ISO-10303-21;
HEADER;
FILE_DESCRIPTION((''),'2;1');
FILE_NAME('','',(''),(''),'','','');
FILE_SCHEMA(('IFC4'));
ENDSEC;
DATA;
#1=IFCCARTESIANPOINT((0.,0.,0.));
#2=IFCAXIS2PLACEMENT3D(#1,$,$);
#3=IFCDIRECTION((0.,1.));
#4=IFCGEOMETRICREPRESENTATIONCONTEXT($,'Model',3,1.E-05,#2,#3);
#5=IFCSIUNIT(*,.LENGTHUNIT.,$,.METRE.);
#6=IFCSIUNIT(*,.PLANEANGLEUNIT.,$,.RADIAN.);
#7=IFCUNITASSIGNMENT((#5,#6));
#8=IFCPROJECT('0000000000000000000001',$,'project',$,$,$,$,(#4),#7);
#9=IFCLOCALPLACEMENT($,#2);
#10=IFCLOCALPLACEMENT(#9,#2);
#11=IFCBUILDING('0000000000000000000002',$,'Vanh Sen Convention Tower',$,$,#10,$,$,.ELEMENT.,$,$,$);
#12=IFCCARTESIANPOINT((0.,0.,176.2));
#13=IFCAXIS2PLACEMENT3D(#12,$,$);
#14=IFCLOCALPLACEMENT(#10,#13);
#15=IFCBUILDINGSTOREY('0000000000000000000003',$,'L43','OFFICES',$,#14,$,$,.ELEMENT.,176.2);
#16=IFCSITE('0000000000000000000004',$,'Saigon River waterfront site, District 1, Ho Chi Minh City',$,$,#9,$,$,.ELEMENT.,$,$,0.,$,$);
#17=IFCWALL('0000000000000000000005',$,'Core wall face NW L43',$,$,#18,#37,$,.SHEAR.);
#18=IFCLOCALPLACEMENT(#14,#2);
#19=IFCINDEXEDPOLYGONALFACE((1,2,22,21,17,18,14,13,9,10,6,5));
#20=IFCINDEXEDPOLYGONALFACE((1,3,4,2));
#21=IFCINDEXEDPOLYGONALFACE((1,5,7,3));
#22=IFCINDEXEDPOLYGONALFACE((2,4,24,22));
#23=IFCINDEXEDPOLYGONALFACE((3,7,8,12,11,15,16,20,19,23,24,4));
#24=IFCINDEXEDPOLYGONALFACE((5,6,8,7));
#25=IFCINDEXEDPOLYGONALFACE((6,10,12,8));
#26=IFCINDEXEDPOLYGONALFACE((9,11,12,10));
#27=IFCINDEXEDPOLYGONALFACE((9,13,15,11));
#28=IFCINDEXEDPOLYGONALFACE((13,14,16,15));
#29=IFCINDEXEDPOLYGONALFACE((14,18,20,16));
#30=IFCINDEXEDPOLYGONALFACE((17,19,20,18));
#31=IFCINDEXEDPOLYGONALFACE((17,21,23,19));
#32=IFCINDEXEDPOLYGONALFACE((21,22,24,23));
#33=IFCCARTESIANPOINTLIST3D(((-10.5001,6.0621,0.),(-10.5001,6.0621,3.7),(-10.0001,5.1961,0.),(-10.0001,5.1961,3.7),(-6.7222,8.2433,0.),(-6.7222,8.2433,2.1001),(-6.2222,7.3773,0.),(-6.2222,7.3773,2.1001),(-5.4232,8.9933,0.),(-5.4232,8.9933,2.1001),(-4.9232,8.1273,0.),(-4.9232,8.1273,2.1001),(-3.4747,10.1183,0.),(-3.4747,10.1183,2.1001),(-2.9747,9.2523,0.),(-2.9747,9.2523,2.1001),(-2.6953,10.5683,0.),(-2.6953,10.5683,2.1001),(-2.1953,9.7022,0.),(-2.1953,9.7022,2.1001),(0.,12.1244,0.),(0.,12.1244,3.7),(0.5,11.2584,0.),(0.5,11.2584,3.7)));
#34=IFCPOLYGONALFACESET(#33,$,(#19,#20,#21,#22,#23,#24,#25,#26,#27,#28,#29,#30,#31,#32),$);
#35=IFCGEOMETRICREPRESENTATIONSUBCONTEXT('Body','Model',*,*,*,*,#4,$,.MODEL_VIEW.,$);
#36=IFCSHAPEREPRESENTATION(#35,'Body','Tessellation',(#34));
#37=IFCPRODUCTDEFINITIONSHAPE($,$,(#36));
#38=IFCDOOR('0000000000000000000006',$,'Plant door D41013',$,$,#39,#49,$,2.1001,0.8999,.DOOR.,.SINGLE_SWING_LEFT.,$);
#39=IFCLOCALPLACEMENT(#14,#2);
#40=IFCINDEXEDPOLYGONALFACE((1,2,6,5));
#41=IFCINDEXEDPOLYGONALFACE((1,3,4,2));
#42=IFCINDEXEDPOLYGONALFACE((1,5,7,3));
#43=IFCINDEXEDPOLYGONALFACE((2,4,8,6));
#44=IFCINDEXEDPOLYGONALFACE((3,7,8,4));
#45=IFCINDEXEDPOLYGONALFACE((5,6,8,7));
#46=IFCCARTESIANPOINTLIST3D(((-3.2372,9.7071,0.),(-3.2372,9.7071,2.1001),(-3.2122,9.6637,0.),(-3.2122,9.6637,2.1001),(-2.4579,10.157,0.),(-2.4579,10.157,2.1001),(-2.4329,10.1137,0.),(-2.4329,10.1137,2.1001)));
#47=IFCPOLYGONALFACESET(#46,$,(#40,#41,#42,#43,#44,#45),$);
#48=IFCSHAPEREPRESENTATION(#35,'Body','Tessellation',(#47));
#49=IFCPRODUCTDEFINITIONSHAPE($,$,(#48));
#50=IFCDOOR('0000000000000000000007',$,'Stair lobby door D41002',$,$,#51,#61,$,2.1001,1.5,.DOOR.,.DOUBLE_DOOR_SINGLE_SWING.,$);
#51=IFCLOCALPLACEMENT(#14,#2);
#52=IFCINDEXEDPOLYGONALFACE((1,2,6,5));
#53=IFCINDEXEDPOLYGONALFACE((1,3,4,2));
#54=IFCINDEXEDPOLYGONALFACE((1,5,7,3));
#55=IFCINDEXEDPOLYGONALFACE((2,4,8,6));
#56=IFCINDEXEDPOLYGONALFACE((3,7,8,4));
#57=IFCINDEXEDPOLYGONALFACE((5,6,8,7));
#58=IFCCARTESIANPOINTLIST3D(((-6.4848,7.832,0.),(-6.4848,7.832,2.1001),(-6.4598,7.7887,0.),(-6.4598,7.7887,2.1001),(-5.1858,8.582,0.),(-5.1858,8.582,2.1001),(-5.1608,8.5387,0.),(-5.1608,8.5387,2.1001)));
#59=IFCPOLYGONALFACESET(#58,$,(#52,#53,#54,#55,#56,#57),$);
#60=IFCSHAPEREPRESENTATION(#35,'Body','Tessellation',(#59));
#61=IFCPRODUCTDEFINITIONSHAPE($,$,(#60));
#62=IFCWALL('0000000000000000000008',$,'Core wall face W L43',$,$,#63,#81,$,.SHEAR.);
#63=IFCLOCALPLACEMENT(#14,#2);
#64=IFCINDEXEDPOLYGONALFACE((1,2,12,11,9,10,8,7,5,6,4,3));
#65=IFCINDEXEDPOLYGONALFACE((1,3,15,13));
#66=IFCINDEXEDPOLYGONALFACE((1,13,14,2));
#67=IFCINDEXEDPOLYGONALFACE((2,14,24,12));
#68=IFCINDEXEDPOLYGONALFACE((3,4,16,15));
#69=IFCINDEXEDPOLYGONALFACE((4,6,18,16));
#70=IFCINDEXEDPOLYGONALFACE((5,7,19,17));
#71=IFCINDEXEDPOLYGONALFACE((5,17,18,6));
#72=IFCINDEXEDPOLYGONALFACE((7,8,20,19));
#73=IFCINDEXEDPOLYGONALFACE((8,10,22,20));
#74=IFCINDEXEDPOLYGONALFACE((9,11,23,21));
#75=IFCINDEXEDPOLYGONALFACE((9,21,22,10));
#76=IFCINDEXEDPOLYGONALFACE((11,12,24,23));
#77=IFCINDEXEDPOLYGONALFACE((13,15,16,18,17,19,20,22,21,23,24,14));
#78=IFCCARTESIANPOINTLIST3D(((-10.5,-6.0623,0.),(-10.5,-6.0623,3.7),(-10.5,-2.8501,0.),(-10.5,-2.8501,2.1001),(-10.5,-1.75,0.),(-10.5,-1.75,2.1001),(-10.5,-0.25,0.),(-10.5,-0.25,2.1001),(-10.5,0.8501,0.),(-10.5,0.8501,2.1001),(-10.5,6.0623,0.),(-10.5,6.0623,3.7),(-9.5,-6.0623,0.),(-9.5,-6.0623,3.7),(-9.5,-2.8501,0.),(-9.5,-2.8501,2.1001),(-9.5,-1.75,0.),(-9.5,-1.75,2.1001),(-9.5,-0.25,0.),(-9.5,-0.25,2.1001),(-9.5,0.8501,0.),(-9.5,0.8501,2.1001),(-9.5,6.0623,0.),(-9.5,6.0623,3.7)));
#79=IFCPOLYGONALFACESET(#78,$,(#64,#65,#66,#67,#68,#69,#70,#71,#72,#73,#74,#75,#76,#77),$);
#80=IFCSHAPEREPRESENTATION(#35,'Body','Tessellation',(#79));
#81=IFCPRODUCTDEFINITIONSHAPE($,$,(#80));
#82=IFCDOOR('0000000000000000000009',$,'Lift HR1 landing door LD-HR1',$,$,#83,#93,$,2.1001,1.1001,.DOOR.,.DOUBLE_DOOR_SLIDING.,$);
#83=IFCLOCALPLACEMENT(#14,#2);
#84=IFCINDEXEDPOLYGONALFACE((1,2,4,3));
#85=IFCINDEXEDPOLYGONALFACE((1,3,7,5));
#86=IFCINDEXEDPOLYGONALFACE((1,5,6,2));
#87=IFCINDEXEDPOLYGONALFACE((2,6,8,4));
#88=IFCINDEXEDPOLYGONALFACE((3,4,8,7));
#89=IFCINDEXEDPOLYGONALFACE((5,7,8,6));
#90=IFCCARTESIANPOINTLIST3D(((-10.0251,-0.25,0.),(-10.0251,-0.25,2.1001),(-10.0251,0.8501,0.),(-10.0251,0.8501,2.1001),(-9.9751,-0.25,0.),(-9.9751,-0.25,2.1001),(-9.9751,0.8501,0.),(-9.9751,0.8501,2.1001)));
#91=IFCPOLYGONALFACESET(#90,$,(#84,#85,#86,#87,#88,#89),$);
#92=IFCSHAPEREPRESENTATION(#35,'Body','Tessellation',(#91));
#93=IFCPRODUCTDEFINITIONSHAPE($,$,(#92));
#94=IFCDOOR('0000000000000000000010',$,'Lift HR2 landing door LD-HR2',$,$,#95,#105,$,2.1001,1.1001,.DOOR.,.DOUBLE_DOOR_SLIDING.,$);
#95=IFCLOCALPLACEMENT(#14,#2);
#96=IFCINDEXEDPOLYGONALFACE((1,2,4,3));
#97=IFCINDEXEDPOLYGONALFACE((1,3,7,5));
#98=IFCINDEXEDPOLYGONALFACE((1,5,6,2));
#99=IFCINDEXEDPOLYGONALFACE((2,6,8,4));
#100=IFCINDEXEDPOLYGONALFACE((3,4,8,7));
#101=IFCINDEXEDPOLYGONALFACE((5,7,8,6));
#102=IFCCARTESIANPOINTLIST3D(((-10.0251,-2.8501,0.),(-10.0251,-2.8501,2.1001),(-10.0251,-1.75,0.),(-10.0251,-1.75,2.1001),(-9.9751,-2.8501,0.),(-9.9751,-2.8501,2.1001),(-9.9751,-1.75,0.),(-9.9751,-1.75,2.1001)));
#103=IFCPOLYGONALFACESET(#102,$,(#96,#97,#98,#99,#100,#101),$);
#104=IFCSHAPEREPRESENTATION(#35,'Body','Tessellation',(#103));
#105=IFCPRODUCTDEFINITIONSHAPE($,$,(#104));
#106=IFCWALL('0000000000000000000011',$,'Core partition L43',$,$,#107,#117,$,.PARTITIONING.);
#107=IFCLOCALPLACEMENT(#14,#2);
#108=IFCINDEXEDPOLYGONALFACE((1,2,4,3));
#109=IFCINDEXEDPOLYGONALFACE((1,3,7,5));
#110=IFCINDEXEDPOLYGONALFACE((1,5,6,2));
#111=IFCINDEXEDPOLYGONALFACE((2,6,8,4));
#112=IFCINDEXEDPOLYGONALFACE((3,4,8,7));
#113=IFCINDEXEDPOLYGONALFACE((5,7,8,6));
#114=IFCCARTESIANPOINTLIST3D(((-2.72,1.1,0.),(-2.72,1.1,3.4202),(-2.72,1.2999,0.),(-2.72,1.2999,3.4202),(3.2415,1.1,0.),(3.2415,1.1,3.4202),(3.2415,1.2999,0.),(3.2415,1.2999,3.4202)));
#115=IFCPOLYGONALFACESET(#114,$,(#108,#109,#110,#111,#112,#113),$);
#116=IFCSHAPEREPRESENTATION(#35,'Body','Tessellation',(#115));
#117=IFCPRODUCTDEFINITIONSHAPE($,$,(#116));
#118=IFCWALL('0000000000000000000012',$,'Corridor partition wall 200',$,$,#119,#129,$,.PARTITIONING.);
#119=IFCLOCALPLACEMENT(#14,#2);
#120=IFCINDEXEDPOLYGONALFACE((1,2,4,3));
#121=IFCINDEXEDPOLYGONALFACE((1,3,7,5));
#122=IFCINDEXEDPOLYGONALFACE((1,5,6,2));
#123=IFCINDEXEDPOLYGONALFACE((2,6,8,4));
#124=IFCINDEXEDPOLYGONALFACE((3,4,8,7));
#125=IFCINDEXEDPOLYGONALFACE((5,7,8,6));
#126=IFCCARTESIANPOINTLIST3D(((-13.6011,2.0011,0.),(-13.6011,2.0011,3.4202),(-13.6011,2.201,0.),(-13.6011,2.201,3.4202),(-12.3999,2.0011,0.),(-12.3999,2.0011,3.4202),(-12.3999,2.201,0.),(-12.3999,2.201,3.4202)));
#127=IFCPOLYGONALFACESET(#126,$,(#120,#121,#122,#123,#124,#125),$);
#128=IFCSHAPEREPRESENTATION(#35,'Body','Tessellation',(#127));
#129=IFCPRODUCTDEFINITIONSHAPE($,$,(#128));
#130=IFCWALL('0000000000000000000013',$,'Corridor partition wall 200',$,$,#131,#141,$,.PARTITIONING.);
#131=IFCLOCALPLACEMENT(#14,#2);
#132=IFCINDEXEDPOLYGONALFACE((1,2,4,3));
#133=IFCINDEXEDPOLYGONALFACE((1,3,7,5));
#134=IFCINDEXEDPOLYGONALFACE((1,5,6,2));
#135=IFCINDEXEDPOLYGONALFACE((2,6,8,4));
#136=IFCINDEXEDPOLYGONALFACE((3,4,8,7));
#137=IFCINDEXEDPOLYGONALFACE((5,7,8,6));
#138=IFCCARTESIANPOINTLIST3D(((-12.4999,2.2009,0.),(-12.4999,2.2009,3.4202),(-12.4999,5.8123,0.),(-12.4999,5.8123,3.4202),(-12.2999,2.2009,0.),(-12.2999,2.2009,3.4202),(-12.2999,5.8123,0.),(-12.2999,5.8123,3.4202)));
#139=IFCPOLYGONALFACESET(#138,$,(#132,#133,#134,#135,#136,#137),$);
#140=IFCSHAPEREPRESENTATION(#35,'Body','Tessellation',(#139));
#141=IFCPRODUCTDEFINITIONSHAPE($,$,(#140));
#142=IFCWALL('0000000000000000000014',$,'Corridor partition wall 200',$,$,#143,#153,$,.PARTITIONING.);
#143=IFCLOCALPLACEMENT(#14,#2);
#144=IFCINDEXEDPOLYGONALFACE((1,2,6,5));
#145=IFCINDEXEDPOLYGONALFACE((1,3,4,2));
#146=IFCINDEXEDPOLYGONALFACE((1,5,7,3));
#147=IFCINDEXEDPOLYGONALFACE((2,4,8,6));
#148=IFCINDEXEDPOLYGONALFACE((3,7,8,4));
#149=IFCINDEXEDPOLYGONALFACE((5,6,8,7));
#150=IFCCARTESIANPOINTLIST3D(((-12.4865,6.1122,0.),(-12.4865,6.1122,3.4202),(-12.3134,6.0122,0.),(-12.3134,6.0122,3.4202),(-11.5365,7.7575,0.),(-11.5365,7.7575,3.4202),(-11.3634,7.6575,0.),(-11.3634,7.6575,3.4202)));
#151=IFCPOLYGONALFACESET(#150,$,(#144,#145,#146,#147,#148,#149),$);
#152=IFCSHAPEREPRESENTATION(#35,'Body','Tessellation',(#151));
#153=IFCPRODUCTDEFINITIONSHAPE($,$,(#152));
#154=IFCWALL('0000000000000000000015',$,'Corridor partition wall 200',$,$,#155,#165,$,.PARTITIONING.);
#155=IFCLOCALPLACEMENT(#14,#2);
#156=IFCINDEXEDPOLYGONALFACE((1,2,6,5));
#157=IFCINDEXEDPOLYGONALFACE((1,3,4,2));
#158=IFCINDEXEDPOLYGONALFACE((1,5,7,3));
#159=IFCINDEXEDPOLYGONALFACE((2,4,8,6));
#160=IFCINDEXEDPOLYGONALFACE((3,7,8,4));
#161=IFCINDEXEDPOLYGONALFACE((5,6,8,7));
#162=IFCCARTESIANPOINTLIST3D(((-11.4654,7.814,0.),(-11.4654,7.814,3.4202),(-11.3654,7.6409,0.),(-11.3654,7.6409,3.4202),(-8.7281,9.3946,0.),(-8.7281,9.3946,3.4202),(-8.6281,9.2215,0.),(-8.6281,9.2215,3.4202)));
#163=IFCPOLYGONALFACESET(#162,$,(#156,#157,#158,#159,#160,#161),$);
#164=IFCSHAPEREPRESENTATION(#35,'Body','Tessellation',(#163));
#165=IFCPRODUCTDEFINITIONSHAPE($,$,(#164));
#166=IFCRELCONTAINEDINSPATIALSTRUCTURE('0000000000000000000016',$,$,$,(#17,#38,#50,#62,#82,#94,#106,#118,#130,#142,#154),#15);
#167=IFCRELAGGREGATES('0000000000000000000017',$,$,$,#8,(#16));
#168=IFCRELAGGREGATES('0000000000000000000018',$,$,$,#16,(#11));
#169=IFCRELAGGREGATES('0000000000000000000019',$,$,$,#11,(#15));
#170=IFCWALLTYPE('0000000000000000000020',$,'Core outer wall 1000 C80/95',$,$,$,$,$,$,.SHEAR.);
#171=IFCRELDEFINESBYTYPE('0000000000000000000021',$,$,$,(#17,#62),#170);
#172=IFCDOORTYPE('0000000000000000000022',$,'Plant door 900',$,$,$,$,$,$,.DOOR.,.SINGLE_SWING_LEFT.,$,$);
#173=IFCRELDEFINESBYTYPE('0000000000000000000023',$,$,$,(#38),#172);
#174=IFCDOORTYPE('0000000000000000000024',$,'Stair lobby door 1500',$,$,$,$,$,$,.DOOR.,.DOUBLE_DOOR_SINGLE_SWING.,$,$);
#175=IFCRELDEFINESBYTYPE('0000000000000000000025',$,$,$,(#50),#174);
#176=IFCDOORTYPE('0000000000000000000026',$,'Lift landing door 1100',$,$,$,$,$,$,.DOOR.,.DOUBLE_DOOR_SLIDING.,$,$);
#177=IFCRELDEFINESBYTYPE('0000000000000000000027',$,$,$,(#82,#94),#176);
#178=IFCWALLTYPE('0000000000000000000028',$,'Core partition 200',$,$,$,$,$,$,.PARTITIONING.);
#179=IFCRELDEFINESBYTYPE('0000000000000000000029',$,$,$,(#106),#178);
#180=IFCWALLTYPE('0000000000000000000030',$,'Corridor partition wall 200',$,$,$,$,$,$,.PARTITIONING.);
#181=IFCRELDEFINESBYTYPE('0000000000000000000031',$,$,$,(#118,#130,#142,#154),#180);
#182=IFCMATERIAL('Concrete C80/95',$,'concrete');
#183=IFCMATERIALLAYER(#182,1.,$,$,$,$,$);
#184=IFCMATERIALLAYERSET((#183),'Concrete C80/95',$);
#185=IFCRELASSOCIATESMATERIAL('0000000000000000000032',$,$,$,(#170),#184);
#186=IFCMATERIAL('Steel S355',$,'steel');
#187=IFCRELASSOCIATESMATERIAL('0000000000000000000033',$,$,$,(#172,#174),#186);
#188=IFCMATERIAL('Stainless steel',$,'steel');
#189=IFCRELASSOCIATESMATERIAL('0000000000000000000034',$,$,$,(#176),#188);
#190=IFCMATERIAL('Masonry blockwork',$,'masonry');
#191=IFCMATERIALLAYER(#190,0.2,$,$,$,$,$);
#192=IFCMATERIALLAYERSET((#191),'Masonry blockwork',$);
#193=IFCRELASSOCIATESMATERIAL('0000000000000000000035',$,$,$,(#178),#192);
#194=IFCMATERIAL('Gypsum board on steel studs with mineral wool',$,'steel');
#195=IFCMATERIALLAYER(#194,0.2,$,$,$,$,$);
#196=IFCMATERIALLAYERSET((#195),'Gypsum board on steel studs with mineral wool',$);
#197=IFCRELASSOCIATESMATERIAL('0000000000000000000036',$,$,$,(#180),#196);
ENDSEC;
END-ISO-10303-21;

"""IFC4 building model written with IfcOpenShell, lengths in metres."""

from ifc_helpers import new_model, si_unit, direction, frame, frame_2d, origin, place, context, subcontext, project, spatial, rectangle, extrude, material, layer, layer_set, type_object, element, fill, save


model = new_model("IFC4")

# Units and contexts
model_context = context("Model", 3, precision=1e-05, world=origin(), true_north=direction((0.0, 1.0)))
body_context = subcontext(model_context, "Body", "Model", "MODEL_VIEW")
ifc_project = project(units=[si_unit("LENGTHUNIT", "METRE"), si_unit("PLANEANGLEUNIT", "RADIAN")], contexts=[model_context])

# Site, building, storey
site_placement = place(None, origin())
site = spatial("IfcSite", under=ifc_project, at=site_placement, Name="Saigon River waterfront site, District 1, Ho Chi Minh City", CompositionType="ELEMENT", RefElevation=0.0)
building_placement = place(site_placement, origin())
building = spatial("IfcBuilding", under=site, at=building_placement, Name="Vanh Sen Convention Tower", CompositionType="ELEMENT")
storey_placement = place(building_placement, frame((0.0, 0.0, 176.2)))
storey = spatial("IfcBuildingStorey", under=building, at=storey_placement, Name="L43", Description="OFFICES", CompositionType="ELEMENT", Elevation=176.2)

# Walls, openings, doors
ifc_material_1 = material(Name="Concrete C80/95", Category="concrete")
ifc_layer_1 = layer(ifc_material_1, 1.0)
ifc_layer_set_1 = layer_set([ifc_layer_1], Name="Concrete C80/95")
wall_type_1 = type_object("IfcWallType", Name="Core outer wall 1000 C80/95", PredefinedType="SHEAR", material=ifc_layer_set_1)
wall_1_placement = place(storey_placement, frame((0.25, 11.6914, 0.0), z_axis=(0.0, 0.0, 1.0), x_axis=(-0.866023, -0.500005, 0.0)))
wall_1 = element("IfcWall", 1, at=wall_1_placement, inside=storey, type_object=wall_type_1, Name="Core wall face NW L43", PredefinedType="SHEAR", context=body_context, shape_type="SweptSolid", body=[
    extrude(rectangle(XDim=12.1245, YDim=1.0, at=frame_2d((6.0623, 0.0))), origin(), (0.0, 0.0, 1.0), 3.7),
])
opening_1_placement = place(wall_1_placement, frame((6.2622, 0.0, 0.0)))
opening_1 = element("IfcOpeningElement", 2, at=opening_1_placement, cuts=wall_1, PredefinedType="OPENING", context=body_context, shape_type="SweptSolid", body=[
    extrude(rectangle(XDim=1.5, YDim=2.1001, at=frame_2d((0.75, 1.05))), frame((0.0, 0.51, 0.0), z_axis=(0.0, -1.0, 0.0), x_axis=(1.0, 0.0, 0.0)), (0.0, 0.0, 1.0), 1.02),
])
opening_2_placement = place(wall_1_placement, frame((3.1123, 0.0, 0.0)))
opening_2 = element("IfcOpeningElement", 3, at=opening_2_placement, cuts=wall_1, PredefinedType="OPENING", context=body_context, shape_type="SweptSolid", body=[
    extrude(rectangle(XDim=0.8999, YDim=2.1001, at=frame_2d((0.45, 1.05))), frame((0.0, 0.51, 0.0), z_axis=(0.0, -1.0, 0.0), x_axis=(1.0, 0.0, 0.0)), (0.0, 0.0, 1.0), 1.02),
])
ifc_material_2 = material(Name="Steel S355", Category="steel")
door_type_1 = type_object("IfcDoorType", Name="Plant door 900", OperationType="SINGLE_SWING_LEFT", PredefinedType="DOOR", material=ifc_material_2)
door_1_placement = place(opening_2_placement, origin())
door_1 = element("IfcDoor", 4, at=door_1_placement, inside=storey, type_object=door_type_1, Name="Plant door D41013", OperationType="SINGLE_SWING_LEFT", OverallHeight=2.1001, OverallWidth=0.8999, PredefinedType="DOOR", context=body_context, shape_type="SweptSolid", body=[
    extrude(rectangle(XDim=0.8999, YDim=2.1001, at=frame_2d((0.45, 1.05))), frame((0.0, 0.0249, 0.0), z_axis=(0.0, -1.0, 0.0), x_axis=(1.0, 0.0, 0.0)), (0.0, 0.0, 1.0), 0.05),
])
fill(opening_2, door_1)
door_type_2 = type_object("IfcDoorType", Name="Stair lobby door 1500", OperationType="DOUBLE_DOOR_SINGLE_SWING", PredefinedType="DOOR", material=ifc_material_2)
door_2_placement = place(opening_1_placement, origin())
door_2 = element("IfcDoor", 5, at=door_2_placement, inside=storey, type_object=door_type_2, Name="Stair lobby door D41002", OperationType="DOUBLE_DOOR_SINGLE_SWING", OverallHeight=2.1001, OverallWidth=1.5, PredefinedType="DOOR", context=body_context, shape_type="SweptSolid", body=[
    extrude(rectangle(XDim=1.5, YDim=2.1001, at=frame_2d((0.75, 1.05))), frame((0.0, 0.0249, 0.0), z_axis=(0.0, -1.0, 0.0), x_axis=(1.0, 0.0, 0.0)), (0.0, 0.0, 1.0), 0.05),
])
fill(opening_1, door_2)
wall_2_placement = place(storey_placement, frame((-10.0, 6.0623, 0.0), z_axis=(0.0, 0.0, 1.0), x_axis=(0.0, -1.0, 0.0)))
wall_2 = element("IfcWall", 6, at=wall_2_placement, inside=storey, type_object=wall_type_1, Name="Core wall face W L43", PredefinedType="SHEAR", context=body_context, shape_type="SweptSolid", body=[
    extrude(rectangle(XDim=12.1245, YDim=1.0, at=frame_2d((6.0623, 0.0))), origin(), (0.0, 0.0, 1.0), 3.7),
])
opening_3_placement = place(wall_2_placement, frame((5.2122, 0.0, 0.0)))
opening_3 = element("IfcOpeningElement", 7, at=opening_3_placement, cuts=wall_2, PredefinedType="OPENING", context=body_context, shape_type="SweptSolid", body=[
    extrude(rectangle(XDim=1.1001, YDim=2.1001, at=frame_2d((0.55, 1.05))), frame((0.0, 0.51, 0.0), z_axis=(0.0, -1.0, 0.0), x_axis=(1.0, 0.0, 0.0)), (0.0, 0.0, 1.0), 1.02),
])
opening_4_placement = place(wall_2_placement, frame((7.8123, 0.0, 0.0)))
opening_4 = element("IfcOpeningElement", 8, at=opening_4_placement, cuts=wall_2, PredefinedType="OPENING", context=body_context, shape_type="SweptSolid", body=[
    extrude(rectangle(XDim=1.1001, YDim=2.1001, at=frame_2d((0.55, 1.05))), frame((0.0, 0.51, 0.0), z_axis=(0.0, -1.0, 0.0), x_axis=(1.0, 0.0, 0.0)), (0.0, 0.0, 1.0), 1.02),
])
ifc_material_3 = material(Name="Stainless steel", Category="steel")
door_type_3 = type_object("IfcDoorType", Name="Lift landing door 1100", OperationType="DOUBLE_DOOR_SLIDING", PredefinedType="DOOR", material=ifc_material_3)
door_3_placement = place(opening_3_placement, origin())
door_3 = element("IfcDoor", 9, at=door_3_placement, inside=storey, type_object=door_type_3, Name="Lift HR1 landing door LD-HR1", OperationType="DOUBLE_DOOR_SLIDING", OverallHeight=2.1001, OverallWidth=1.1001, PredefinedType="DOOR", context=body_context, shape_type="SweptSolid", body=[
    extrude(rectangle(XDim=1.1001, YDim=2.1001, at=frame_2d((0.55, 1.05))), frame((0.0, 0.0249, 0.0), z_axis=(0.0, -1.0, 0.0), x_axis=(1.0, 0.0, 0.0)), (0.0, 0.0, 1.0), 0.05),
])
fill(opening_3, door_3)
door_4_placement = place(opening_4_placement, origin())
door_4 = element("IfcDoor", 10, at=door_4_placement, inside=storey, type_object=door_type_3, Name="Lift HR2 landing door LD-HR2", OperationType="DOUBLE_DOOR_SLIDING", OverallHeight=2.1001, OverallWidth=1.1001, PredefinedType="DOOR", context=body_context, shape_type="SweptSolid", body=[
    extrude(rectangle(XDim=1.1001, YDim=2.1001, at=frame_2d((0.55, 1.05))), frame((0.0, 0.0249, 0.0), z_axis=(0.0, -1.0, 0.0), x_axis=(1.0, 0.0, 0.0)), (0.0, 0.0, 1.0), 0.05),
])
fill(opening_4, door_4)

# Walls
ifc_material_4 = material(Name="Masonry blockwork", Category="masonry")
ifc_layer_2 = layer(ifc_material_4, 0.2)
ifc_layer_set_2 = layer_set([ifc_layer_2], Name="Masonry blockwork")
wall_type_2 = type_object("IfcWallType", Name="Core partition 200", PredefinedType="PARTITIONING", material=ifc_layer_set_2)
wall_3_placement = place(storey_placement, frame((-2.72, 1.2, 0.0), z_axis=(0.0, 0.0, 1.0), x_axis=(1.0, 0.0, 0.0)))
element("IfcWall", 11, at=wall_3_placement, inside=storey, type_object=wall_type_2, Name="Core partition L43", PredefinedType="PARTITIONING", context=body_context, shape_type="SweptSolid", body=[
    extrude(rectangle(XDim=5.9614, YDim=0.2, at=frame_2d((2.9807, 0.0))), origin(), (0.0, 0.0, 1.0), 3.4202),
])
ifc_material_5 = material(Name="Gypsum board on steel studs with mineral wool", Category="steel")
ifc_layer_3 = layer(ifc_material_5, 0.2)
ifc_layer_set_3 = layer_set([ifc_layer_3], Name="Gypsum board on steel studs with mineral wool")
wall_type_3 = type_object("IfcWallType", Name="Corridor partition wall 200", PredefinedType="PARTITIONING", material=ifc_layer_set_3)
wall_4_placement = place(storey_placement, frame((-12.3999, 2.1011, 0.0), z_axis=(0.0, 0.0, 1.0), x_axis=(-1.0, 0.0, 0.0)))
element("IfcWall", 12, at=wall_4_placement, inside=storey, type_object=wall_type_3, Name="Corridor partition wall 200", PredefinedType="PARTITIONING", context=body_context, shape_type="SweptSolid", body=[
    extrude(rectangle(XDim=1.2012, YDim=0.2, at=frame_2d((0.6006, 0.0))), origin(), (0.0, 0.0, 1.0), 3.4202),
])
wall_5_placement = place(storey_placement, frame((-12.3999, 5.8123, 0.0), z_axis=(0.0, 0.0, 1.0), x_axis=(0.0, -1.0, 0.0)))
element("IfcWall", 13, at=wall_5_placement, inside=storey, type_object=wall_type_3, Name="Corridor partition wall 200", PredefinedType="PARTITIONING", context=body_context, shape_type="SweptSolid", body=[
    extrude(rectangle(XDim=3.6113, YDim=0.2, at=frame_2d((1.8057, 0.0))), origin(), (0.0, 0.0, 1.0), 3.4202),
])
wall_6_placement = place(storey_placement, frame((-11.45, 7.7075, 0.0), z_axis=(0.0, 0.0, 1.0), x_axis=(-0.500023, -0.866012, 0.0)))
element("IfcWall", 14, at=wall_6_placement, inside=storey, type_object=wall_type_3, Name="Corridor partition wall 200", PredefinedType="PARTITIONING", context=body_context, shape_type="SweptSolid", body=[
    extrude(rectangle(XDim=1.8999, YDim=0.2, at=frame_2d((0.95, 0.0))), origin(), (0.0, 0.0, 1.0), 3.4202),
])
wall_7_placement = place(storey_placement, frame((-8.678, 9.3081, 0.0), z_axis=(0.0, 0.0, 1.0), x_axis=(-0.866, -0.500043, 0.0)))
element("IfcWall", 15, at=wall_7_placement, inside=storey, type_object=wall_type_3, Name="Corridor partition wall 200", PredefinedType="PARTITIONING", context=body_context, shape_type="SweptSolid", body=[
    extrude(rectangle(XDim=3.1609, YDim=0.2, at=frame_2d((1.5806, 0.0))), origin(), (0.0, 0.0, 1.0), 3.4202),
])

save(model, "model.ifc")
